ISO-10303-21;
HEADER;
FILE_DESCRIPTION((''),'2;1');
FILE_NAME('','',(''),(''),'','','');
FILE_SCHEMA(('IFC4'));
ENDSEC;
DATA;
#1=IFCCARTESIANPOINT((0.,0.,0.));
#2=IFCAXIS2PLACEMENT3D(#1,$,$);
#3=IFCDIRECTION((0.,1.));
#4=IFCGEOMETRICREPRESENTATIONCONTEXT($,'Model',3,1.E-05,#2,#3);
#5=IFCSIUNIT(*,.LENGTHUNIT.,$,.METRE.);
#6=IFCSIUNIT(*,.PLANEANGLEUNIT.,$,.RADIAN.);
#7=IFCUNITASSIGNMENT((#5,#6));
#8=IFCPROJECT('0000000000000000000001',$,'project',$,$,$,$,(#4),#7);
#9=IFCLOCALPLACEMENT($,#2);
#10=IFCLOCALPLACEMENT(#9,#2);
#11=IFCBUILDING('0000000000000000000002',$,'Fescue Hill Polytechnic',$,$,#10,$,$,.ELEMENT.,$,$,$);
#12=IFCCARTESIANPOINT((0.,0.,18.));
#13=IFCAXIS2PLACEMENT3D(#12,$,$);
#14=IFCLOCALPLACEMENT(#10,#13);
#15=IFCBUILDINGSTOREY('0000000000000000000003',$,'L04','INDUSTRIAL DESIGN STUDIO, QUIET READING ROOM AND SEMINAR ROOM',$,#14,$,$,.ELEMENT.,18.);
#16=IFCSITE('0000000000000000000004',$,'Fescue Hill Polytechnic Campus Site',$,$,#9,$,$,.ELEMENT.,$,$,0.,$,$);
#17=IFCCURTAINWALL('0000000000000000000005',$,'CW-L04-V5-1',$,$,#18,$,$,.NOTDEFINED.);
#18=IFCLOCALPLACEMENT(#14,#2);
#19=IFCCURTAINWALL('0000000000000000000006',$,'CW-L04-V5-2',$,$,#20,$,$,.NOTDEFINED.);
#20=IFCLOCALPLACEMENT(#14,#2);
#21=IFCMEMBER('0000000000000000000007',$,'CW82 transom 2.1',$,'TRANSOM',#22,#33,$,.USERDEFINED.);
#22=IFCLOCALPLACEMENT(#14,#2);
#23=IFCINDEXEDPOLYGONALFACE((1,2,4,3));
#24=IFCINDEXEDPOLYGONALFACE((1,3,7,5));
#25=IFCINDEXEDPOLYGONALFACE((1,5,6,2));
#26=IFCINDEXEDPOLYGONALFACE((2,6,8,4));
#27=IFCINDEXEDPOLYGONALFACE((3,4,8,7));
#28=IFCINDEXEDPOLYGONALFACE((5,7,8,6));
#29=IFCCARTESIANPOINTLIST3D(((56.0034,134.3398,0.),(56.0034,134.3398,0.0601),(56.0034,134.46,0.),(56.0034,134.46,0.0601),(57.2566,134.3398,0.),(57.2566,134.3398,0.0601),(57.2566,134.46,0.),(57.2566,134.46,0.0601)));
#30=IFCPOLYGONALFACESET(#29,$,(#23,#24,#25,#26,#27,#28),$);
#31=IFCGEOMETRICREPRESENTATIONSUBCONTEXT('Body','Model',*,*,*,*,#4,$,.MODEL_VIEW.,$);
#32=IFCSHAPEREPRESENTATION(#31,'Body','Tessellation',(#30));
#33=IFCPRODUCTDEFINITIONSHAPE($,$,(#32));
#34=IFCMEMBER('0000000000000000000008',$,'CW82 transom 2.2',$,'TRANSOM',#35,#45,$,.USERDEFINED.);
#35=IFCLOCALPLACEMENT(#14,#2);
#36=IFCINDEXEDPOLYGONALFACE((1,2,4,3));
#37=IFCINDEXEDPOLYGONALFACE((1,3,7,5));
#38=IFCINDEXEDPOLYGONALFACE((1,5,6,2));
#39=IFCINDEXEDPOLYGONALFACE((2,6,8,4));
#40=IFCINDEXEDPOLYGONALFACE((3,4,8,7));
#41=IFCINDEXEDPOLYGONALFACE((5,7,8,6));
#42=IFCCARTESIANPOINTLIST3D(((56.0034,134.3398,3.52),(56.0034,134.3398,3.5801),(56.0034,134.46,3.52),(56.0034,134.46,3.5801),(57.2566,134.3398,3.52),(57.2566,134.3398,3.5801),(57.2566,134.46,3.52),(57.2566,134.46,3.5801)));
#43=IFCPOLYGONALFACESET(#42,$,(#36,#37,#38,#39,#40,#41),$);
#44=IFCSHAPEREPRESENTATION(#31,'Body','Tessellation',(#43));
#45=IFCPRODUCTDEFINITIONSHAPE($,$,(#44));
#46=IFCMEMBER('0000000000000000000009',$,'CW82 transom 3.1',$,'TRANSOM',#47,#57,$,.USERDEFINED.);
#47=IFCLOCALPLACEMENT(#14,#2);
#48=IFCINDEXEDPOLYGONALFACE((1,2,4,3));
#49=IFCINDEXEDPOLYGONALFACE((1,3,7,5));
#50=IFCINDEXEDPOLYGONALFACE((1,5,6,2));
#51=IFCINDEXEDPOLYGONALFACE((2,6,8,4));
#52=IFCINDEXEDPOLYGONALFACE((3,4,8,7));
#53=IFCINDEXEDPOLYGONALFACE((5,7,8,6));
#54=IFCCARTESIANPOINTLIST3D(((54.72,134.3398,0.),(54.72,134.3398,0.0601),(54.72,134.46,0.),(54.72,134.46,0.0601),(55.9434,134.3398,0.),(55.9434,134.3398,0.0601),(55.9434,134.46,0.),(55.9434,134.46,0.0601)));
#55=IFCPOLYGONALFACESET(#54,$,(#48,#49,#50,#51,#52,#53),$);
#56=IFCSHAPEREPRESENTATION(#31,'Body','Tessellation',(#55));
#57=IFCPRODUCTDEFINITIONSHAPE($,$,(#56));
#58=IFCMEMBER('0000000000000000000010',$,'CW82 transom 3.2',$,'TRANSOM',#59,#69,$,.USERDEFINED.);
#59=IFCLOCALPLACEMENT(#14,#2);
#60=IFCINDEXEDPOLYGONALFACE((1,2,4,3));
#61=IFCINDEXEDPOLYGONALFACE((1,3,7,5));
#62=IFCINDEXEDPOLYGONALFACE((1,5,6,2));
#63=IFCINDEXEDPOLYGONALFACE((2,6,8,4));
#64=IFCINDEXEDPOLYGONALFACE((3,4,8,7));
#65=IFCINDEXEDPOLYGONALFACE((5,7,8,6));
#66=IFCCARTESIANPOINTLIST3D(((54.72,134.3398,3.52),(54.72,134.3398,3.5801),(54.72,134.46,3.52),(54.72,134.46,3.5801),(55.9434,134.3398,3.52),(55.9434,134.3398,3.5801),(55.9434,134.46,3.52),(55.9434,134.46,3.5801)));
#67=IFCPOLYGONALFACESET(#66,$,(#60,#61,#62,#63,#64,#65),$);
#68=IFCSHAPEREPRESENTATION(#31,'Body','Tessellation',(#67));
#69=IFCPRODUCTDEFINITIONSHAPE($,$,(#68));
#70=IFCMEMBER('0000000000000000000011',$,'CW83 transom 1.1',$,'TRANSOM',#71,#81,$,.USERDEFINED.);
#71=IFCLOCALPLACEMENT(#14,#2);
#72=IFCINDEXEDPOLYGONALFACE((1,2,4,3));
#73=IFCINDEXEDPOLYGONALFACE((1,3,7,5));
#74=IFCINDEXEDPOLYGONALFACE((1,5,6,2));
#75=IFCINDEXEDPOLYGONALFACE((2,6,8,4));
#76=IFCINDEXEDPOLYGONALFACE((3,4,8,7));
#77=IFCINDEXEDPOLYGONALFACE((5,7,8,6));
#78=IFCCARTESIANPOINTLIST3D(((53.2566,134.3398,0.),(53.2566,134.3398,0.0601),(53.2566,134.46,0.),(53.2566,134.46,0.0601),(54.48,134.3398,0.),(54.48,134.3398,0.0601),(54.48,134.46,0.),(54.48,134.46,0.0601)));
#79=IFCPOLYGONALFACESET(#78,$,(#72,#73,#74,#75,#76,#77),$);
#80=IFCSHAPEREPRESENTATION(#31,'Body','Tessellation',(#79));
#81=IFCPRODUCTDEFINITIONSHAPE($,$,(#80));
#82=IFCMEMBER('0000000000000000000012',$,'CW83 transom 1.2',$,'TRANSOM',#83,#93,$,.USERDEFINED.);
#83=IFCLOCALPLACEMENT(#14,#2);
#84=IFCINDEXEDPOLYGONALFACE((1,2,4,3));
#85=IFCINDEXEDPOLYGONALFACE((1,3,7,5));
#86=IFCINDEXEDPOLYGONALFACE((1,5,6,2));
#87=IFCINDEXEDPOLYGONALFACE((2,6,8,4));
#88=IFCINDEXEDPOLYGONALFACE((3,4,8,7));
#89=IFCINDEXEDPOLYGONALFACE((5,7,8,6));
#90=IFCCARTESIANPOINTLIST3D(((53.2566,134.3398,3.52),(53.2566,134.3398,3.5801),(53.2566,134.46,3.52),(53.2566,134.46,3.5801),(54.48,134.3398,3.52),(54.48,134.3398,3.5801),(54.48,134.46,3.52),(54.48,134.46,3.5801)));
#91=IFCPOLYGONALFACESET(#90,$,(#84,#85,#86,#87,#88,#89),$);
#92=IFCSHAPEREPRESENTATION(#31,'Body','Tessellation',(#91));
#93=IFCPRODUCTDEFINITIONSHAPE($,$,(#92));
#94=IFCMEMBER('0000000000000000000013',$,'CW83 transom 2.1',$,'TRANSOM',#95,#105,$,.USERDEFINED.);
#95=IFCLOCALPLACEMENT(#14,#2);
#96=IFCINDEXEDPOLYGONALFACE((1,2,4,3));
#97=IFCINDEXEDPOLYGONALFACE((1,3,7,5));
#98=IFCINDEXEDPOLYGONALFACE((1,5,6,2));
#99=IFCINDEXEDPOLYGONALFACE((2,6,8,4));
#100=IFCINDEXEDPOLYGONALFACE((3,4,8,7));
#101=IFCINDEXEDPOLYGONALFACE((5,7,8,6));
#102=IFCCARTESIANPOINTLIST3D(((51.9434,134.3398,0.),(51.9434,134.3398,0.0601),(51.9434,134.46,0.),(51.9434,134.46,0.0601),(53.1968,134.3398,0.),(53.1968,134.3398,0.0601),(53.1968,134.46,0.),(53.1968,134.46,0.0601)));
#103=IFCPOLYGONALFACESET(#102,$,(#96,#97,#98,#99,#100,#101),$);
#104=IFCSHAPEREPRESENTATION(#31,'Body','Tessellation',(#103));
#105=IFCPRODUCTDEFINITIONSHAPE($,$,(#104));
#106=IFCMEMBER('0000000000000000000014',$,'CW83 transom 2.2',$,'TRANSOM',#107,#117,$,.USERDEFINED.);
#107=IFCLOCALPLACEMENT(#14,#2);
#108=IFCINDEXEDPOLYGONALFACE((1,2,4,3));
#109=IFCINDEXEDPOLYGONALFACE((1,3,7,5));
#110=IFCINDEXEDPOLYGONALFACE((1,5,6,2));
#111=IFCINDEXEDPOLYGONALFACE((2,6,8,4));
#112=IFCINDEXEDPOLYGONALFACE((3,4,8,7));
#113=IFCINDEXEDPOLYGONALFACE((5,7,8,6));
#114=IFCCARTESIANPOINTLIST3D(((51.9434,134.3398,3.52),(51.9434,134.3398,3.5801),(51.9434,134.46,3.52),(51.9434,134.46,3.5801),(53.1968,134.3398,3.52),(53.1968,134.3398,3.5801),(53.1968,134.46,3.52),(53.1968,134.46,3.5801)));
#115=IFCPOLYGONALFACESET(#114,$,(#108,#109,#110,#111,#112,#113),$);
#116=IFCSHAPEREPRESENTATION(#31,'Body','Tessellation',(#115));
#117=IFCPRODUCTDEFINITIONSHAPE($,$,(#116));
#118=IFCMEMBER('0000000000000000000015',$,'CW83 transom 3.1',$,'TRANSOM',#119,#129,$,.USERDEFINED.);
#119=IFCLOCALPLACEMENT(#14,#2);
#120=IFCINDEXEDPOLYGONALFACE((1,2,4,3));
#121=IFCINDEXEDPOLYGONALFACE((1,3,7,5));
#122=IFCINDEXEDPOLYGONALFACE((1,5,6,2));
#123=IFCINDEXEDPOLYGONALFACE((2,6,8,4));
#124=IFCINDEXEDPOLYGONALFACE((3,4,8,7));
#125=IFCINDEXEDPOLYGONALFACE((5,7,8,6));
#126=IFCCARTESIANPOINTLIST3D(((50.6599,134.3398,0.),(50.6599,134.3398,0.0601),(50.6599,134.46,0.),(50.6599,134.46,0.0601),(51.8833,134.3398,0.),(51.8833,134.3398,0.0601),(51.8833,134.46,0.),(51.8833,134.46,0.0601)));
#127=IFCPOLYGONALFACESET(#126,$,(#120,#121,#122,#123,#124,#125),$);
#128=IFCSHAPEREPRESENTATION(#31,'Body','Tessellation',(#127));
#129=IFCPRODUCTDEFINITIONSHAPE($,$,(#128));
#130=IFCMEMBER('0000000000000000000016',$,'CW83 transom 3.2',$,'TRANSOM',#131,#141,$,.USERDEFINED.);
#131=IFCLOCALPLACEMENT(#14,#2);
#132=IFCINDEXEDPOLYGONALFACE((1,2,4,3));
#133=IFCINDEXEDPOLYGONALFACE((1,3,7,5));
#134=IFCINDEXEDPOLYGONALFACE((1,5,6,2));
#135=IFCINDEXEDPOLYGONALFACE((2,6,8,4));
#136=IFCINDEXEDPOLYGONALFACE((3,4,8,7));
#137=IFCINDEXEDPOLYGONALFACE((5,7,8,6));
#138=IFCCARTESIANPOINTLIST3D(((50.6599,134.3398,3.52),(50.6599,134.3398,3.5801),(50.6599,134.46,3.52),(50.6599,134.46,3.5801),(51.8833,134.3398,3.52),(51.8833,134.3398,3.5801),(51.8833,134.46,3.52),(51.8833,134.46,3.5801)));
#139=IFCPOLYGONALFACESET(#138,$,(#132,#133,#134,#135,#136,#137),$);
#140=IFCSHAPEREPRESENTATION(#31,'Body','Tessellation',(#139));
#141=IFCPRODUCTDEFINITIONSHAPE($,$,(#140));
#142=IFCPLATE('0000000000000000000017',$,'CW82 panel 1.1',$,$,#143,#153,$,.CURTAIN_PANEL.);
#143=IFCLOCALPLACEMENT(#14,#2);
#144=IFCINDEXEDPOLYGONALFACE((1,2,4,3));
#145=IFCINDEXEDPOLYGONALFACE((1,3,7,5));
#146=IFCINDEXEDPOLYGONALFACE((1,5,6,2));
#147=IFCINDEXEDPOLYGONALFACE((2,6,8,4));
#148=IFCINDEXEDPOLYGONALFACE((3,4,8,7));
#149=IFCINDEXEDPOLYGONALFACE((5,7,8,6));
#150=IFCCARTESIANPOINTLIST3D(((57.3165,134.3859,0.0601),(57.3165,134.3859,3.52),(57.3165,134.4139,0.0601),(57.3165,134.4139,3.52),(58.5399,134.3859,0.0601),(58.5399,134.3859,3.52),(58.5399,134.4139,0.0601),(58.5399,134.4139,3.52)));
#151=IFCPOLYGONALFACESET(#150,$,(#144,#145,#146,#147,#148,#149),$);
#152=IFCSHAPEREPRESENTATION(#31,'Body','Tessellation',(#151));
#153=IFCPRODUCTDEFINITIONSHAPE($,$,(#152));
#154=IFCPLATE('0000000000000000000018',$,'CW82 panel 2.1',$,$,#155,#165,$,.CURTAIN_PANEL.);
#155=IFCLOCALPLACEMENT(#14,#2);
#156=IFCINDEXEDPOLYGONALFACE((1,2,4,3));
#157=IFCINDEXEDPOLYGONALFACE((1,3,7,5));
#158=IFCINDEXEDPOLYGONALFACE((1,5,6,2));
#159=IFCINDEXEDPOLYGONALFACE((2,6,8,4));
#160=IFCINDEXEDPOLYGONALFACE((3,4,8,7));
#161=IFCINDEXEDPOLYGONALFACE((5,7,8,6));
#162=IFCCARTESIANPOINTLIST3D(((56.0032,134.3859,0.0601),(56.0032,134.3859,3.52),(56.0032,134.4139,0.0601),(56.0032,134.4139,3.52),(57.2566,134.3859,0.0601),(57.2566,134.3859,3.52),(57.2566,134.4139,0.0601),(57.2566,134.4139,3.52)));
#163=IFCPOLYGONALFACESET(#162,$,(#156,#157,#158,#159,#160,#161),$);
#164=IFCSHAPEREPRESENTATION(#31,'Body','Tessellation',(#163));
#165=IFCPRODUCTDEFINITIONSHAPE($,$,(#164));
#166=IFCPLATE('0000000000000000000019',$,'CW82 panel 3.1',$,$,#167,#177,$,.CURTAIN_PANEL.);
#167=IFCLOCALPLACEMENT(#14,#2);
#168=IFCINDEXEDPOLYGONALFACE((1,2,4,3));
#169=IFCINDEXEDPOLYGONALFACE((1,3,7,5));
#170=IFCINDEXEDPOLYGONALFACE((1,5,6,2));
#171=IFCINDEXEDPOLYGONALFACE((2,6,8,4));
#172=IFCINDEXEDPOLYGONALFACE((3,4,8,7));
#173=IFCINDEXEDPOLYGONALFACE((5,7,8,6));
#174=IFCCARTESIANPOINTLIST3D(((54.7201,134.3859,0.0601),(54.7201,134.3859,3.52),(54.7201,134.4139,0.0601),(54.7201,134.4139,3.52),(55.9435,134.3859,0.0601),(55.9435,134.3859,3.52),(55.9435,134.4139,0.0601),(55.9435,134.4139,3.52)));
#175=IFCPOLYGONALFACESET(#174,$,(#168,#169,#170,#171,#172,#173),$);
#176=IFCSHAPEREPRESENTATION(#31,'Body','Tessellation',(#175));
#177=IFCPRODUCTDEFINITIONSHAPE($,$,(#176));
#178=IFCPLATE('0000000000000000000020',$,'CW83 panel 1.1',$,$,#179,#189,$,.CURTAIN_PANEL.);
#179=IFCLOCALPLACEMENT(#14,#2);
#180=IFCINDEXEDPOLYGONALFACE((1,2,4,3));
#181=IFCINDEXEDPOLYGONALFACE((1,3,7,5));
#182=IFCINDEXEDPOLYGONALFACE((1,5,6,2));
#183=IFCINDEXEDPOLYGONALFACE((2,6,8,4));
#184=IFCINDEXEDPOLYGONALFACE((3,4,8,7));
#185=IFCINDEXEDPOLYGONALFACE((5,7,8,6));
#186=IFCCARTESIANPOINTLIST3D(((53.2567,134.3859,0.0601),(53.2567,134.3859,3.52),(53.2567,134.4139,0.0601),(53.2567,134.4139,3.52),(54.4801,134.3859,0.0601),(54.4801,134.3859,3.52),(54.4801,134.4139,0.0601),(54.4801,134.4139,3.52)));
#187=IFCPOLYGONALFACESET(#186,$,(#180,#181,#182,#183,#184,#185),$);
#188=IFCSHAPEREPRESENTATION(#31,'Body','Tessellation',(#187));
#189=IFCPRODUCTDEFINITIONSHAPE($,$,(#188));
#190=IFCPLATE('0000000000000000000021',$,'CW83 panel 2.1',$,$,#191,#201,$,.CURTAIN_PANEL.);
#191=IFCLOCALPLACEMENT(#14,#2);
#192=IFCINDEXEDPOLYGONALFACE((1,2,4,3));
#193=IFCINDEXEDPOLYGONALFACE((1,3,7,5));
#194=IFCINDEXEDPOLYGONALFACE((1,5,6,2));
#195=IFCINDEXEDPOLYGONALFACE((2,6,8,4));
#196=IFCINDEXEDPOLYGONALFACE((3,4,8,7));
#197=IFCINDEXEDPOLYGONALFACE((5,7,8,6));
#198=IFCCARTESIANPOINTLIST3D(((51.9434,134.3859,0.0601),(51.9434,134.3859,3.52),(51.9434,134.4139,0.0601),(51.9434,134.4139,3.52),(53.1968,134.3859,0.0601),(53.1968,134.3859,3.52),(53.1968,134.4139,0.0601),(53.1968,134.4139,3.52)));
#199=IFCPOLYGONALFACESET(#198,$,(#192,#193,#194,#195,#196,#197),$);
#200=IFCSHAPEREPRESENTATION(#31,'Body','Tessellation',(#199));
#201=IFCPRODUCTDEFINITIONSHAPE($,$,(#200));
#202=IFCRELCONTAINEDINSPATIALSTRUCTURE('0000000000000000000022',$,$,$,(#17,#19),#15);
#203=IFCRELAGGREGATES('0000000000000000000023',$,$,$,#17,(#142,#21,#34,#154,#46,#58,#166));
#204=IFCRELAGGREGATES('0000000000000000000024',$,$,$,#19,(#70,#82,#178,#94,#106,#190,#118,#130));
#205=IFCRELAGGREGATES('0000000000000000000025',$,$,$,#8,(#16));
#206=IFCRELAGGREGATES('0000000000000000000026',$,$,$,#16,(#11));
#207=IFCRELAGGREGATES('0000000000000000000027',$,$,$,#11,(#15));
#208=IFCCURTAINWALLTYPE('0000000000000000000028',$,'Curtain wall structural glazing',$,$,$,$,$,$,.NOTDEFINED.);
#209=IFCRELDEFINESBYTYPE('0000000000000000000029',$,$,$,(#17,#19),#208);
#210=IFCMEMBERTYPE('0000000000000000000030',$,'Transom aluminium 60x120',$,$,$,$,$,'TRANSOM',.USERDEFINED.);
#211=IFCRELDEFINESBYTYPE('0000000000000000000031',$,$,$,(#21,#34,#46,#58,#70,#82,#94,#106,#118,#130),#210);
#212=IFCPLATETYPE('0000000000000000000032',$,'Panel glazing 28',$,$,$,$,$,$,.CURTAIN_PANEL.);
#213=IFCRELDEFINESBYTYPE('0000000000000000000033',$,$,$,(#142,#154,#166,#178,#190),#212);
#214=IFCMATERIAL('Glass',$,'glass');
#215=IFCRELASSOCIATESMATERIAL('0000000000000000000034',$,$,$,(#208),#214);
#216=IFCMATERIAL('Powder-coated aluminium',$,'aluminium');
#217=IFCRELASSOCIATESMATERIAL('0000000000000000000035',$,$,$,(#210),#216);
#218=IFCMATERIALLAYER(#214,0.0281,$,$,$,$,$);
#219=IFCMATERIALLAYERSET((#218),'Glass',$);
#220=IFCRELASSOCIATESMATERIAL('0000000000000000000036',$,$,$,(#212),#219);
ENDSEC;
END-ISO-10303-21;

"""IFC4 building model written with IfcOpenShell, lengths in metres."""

from ifc_helpers import new_model, si_unit, direction, frame, origin, origin_2d, place, context, subcontext, project, spatial, rectangle, extrude, material, layer, layer_set, material_profile, profile_set, type_object, element, aggregate, save


model = new_model("IFC4")

# Units and contexts
model_context = context("Model", 3, precision=1e-05, world=origin(), true_north=direction((0.0, 1.0)))
body_context = subcontext(model_context, "Body", "Model", "MODEL_VIEW")
ifc_project = project(units=[si_unit("LENGTHUNIT", "METRE"), si_unit("PLANEANGLEUNIT", "RADIAN")], contexts=[model_context])

# Site, building, storey
site_placement = place(None, origin())
site = spatial("IfcSite", under=ifc_project, at=site_placement, Name="Fescue Hill Polytechnic Campus Site", CompositionType="ELEMENT", RefElevation=0.0)
building_placement = place(site_placement, origin())
building = spatial("IfcBuilding", under=site, at=building_placement, Name="Fescue Hill Polytechnic", CompositionType="ELEMENT")
storey_placement = place(building_placement, frame((0.0, 0.0, 18.0)))
storey = spatial("IfcBuildingStorey", under=building, at=storey_placement, Name="L04", Description="INDUSTRIAL DESIGN STUDIO, QUIET READING ROOM AND SEMINAR ROOM", CompositionType="ELEMENT", Elevation=18.0)

# Curtain walls
ifc_material_1 = material(Name="Glass", Category="glass")
curtain_wall_type = type_object("IfcCurtainWallType", Name="Curtain wall structural glazing", PredefinedType="NOTDEFINED", material=ifc_material_1)
curtain_wall_1_placement = place(storey_placement, origin())
curtain_wall_1 = element("IfcCurtainWall", 1, at=curtain_wall_1_placement, inside=storey, type_object=curtain_wall_type, Name="CW-L04-V5-1", PredefinedType="NOTDEFINED")
ifc_material_2 = material(Name="Powder-coated aluminium", Category="aluminium")
curtain_wall_2_placement = place(storey_placement, origin())
curtain_wall_2 = element("IfcCurtainWall", 2, at=curtain_wall_2_placement, inside=storey, type_object=curtain_wall_type, Name="CW-L04-V5-2", PredefinedType="NOTDEFINED")

# Members
ifc_material_profile_1 = material_profile(ifc_material_2, rectangle(XDim=0.1201, YDim=0.0601, at=origin_2d()), Name="Transom aluminium 60x120")
ifc_profile_set_1 = profile_set([ifc_material_profile_1], Name="Powder-coated aluminium")
member_type_1 = type_object("IfcMemberType", Name="Transom aluminium 60x120", ElementType="TRANSOM", PredefinedType="USERDEFINED", material=ifc_profile_set_1)
member_1_placement = place(storey_placement, frame((57.2566, 134.3999, 0.03), z_axis=(-1.0, 0.0, 0.0), x_axis=(0.0, -1.0, 0.0)))
member_1 = element("IfcMember", 3, at=member_1_placement, type_object=member_type_1, Name="CW82 transom 2.1", ObjectType="TRANSOM", PredefinedType="USERDEFINED", context=body_context, shape_type="SweptSolid", body=[
    extrude(rectangle(XDim=0.1201, YDim=0.0601, at=origin_2d()), origin(), (0.0, 0.0, 1.0), 1.2532),
])
member_2_placement = place(storey_placement, frame((57.2566, 134.3999, 3.55), z_axis=(-1.0, 0.0, 0.0), x_axis=(0.0, -1.0, 0.0)))
member_2 = element("IfcMember", 4, at=member_2_placement, type_object=member_type_1, Name="CW82 transom 2.2", ObjectType="TRANSOM", PredefinedType="USERDEFINED", context=body_context, shape_type="SweptSolid", body=[
    extrude(rectangle(XDim=0.1201, YDim=0.0601, at=origin_2d()), origin(), (0.0, 0.0, 1.0), 1.2532),
])
member_3_placement = place(storey_placement, frame((55.9434, 134.3999, 0.03), z_axis=(-1.0, 0.0, 0.0), x_axis=(0.0, -1.0, 0.0)))
member_3 = element("IfcMember", 5, at=member_3_placement, type_object=member_type_1, Name="CW82 transom 3.1", ObjectType="TRANSOM", PredefinedType="USERDEFINED", context=body_context, shape_type="SweptSolid", body=[
    extrude(rectangle(XDim=0.1201, YDim=0.0601, at=origin_2d()), origin(), (0.0, 0.0, 1.0), 1.2234),
])
member_4_placement = place(storey_placement, frame((55.9434, 134.3999, 3.55), z_axis=(-1.0, 0.0, 0.0), x_axis=(0.0, -1.0, 0.0)))
member_4 = element("IfcMember", 6, at=member_4_placement, type_object=member_type_1, Name="CW82 transom 3.2", ObjectType="TRANSOM", PredefinedType="USERDEFINED", context=body_context, shape_type="SweptSolid", body=[
    extrude(rectangle(XDim=0.1201, YDim=0.0601, at=origin_2d()), origin(), (0.0, 0.0, 1.0), 1.2234),
])
member_5_placement = place(storey_placement, frame((54.48, 134.3999, 0.03), z_axis=(-1.0, 0.0, 0.0), x_axis=(0.0, -1.0, 0.0)))
member_5 = element("IfcMember", 7, at=member_5_placement, type_object=member_type_1, Name="CW83 transom 1.1", ObjectType="TRANSOM", PredefinedType="USERDEFINED", context=body_context, shape_type="SweptSolid", body=[
    extrude(rectangle(XDim=0.1201, YDim=0.0601, at=origin_2d()), origin(), (0.0, 0.0, 1.0), 1.2234),
])
member_6_placement = place(storey_placement, frame((54.48, 134.3999, 3.55), z_axis=(-1.0, 0.0, 0.0), x_axis=(0.0, -1.0, 0.0)))
member_6 = element("IfcMember", 8, at=member_6_placement, type_object=member_type_1, Name="CW83 transom 1.2", ObjectType="TRANSOM", PredefinedType="USERDEFINED", context=body_context, shape_type="SweptSolid", body=[
    extrude(rectangle(XDim=0.1201, YDim=0.0601, at=origin_2d()), origin(), (0.0, 0.0, 1.0), 1.2234),
])
member_7_placement = place(storey_placement, frame((53.1968, 134.3999, 0.03), z_axis=(-1.0, 0.0, 0.0), x_axis=(0.0, -1.0, 0.0)))
member_7 = element("IfcMember", 9, at=member_7_placement, type_object=member_type_1, Name="CW83 transom 2.1", ObjectType="TRANSOM", PredefinedType="USERDEFINED", context=body_context, shape_type="SweptSolid", body=[
    extrude(rectangle(XDim=0.1201, YDim=0.0601, at=origin_2d()), origin(), (0.0, 0.0, 1.0), 1.2534),
])
member_8_placement = place(storey_placement, frame((53.1968, 134.3999, 3.55), z_axis=(-1.0, 0.0, 0.0), x_axis=(0.0, -1.0, 0.0)))
member_8 = element("IfcMember", 10, at=member_8_placement, type_object=member_type_1, Name="CW83 transom 2.2", ObjectType="TRANSOM", PredefinedType="USERDEFINED", context=body_context, shape_type="SweptSolid", body=[
    extrude(rectangle(XDim=0.1201, YDim=0.0601, at=origin_2d()), origin(), (0.0, 0.0, 1.0), 1.2534),
])
member_9_placement = place(storey_placement, frame((51.8833, 134.3999, 0.03), z_axis=(-1.0, 0.0, 0.0), x_axis=(0.0, -1.0, 0.0)))
member_9 = element("IfcMember", 11, at=member_9_placement, type_object=member_type_1, Name="CW83 transom 3.1", ObjectType="TRANSOM", PredefinedType="USERDEFINED", context=body_context, shape_type="SweptSolid", body=[
    extrude(rectangle(XDim=0.1201, YDim=0.0601, at=origin_2d()), origin(), (0.0, 0.0, 1.0), 1.2234),
])
member_10_placement = place(storey_placement, frame((51.8833, 134.3999, 3.55), z_axis=(-1.0, 0.0, 0.0), x_axis=(0.0, -1.0, 0.0)))
member_10 = element("IfcMember", 12, at=member_10_placement, type_object=member_type_1, Name="CW83 transom 3.2", ObjectType="TRANSOM", PredefinedType="USERDEFINED", context=body_context, shape_type="SweptSolid", body=[
    extrude(rectangle(XDim=0.1201, YDim=0.0601, at=origin_2d()), origin(), (0.0, 0.0, 1.0), 1.2234),
])

# Plates
ifc_layer_1 = layer(ifc_material_1, 0.0281)
ifc_layer_set_1 = layer_set([ifc_layer_1], Name="Glass")
plate_type = type_object("IfcPlateType", Name="Panel glazing 28", PredefinedType="CURTAIN_PANEL", material=ifc_layer_set_1)
plate_1_placement = place(storey_placement, frame((57.9282, 134.3999, 0.0601), z_axis=(0.0, 0.0, 1.0), x_axis=(-1.0, 0.0, 0.0)))
plate_1 = element("IfcPlate", 13, at=plate_1_placement, type_object=plate_type, Name="CW82 panel 1.1", PredefinedType="CURTAIN_PANEL", context=body_context, shape_type="SweptSolid", body=[
    extrude(rectangle(XDim=1.2234, YDim=0.0281, at=origin_2d()), origin(), (0.0, 0.0, 1.0), 3.46),
])
plate_2_placement = place(storey_placement, frame((56.6299, 134.3999, 0.0601), z_axis=(0.0, 0.0, 1.0), x_axis=(-1.0, 0.0, 0.0)))
plate_2 = element("IfcPlate", 14, at=plate_2_placement, type_object=plate_type, Name="CW82 panel 2.1", PredefinedType="CURTAIN_PANEL", context=body_context, shape_type="SweptSolid", body=[
    extrude(rectangle(XDim=1.2534, YDim=0.0281, at=origin_2d()), origin(), (0.0, 0.0, 1.0), 3.46),
])
plate_3_placement = place(storey_placement, frame((55.3318, 134.3999, 0.0601), z_axis=(0.0, 0.0, 1.0), x_axis=(-1.0, 0.0, 0.0)))
plate_3 = element("IfcPlate", 15, at=plate_3_placement, type_object=plate_type, Name="CW82 panel 3.1", PredefinedType="CURTAIN_PANEL", context=body_context, shape_type="SweptSolid", body=[
    extrude(rectangle(XDim=1.2234, YDim=0.0281, at=origin_2d()), origin(), (0.0, 0.0, 1.0), 3.46),
])
aggregate(curtain_wall_1, [plate_1, member_1, member_2, plate_2, member_3, member_4, plate_3])
plate_4_placement = place(storey_placement, frame((53.8684, 134.3999, 0.0601), z_axis=(0.0, 0.0, 1.0), x_axis=(-1.0, 0.0, 0.0)))
plate_4 = element("IfcPlate", 16, at=plate_4_placement, type_object=plate_type, Name="CW83 panel 1.1", PredefinedType="CURTAIN_PANEL", context=body_context, shape_type="SweptSolid", body=[
    extrude(rectangle(XDim=1.2234, YDim=0.0281, at=origin_2d()), origin(), (0.0, 0.0, 1.0), 3.46),
])
plate_5_placement = place(storey_placement, frame((52.5701, 134.3999, 0.0601), z_axis=(0.0, 0.0, 1.0), x_axis=(-1.0, 0.0, 0.0)))
plate_5 = element("IfcPlate", 17, at=plate_5_placement, type_object=plate_type, Name="CW83 panel 2.1", PredefinedType="CURTAIN_PANEL", context=body_context, shape_type="SweptSolid", body=[
    extrude(rectangle(XDim=1.2534, YDim=0.0281, at=origin_2d()), origin(), (0.0, 0.0, 1.0), 3.46),
])
aggregate(curtain_wall_2, [member_5, member_6, plate_4, member_7, member_8, plate_5, member_9, member_10])

save(model, "model.ifc")
